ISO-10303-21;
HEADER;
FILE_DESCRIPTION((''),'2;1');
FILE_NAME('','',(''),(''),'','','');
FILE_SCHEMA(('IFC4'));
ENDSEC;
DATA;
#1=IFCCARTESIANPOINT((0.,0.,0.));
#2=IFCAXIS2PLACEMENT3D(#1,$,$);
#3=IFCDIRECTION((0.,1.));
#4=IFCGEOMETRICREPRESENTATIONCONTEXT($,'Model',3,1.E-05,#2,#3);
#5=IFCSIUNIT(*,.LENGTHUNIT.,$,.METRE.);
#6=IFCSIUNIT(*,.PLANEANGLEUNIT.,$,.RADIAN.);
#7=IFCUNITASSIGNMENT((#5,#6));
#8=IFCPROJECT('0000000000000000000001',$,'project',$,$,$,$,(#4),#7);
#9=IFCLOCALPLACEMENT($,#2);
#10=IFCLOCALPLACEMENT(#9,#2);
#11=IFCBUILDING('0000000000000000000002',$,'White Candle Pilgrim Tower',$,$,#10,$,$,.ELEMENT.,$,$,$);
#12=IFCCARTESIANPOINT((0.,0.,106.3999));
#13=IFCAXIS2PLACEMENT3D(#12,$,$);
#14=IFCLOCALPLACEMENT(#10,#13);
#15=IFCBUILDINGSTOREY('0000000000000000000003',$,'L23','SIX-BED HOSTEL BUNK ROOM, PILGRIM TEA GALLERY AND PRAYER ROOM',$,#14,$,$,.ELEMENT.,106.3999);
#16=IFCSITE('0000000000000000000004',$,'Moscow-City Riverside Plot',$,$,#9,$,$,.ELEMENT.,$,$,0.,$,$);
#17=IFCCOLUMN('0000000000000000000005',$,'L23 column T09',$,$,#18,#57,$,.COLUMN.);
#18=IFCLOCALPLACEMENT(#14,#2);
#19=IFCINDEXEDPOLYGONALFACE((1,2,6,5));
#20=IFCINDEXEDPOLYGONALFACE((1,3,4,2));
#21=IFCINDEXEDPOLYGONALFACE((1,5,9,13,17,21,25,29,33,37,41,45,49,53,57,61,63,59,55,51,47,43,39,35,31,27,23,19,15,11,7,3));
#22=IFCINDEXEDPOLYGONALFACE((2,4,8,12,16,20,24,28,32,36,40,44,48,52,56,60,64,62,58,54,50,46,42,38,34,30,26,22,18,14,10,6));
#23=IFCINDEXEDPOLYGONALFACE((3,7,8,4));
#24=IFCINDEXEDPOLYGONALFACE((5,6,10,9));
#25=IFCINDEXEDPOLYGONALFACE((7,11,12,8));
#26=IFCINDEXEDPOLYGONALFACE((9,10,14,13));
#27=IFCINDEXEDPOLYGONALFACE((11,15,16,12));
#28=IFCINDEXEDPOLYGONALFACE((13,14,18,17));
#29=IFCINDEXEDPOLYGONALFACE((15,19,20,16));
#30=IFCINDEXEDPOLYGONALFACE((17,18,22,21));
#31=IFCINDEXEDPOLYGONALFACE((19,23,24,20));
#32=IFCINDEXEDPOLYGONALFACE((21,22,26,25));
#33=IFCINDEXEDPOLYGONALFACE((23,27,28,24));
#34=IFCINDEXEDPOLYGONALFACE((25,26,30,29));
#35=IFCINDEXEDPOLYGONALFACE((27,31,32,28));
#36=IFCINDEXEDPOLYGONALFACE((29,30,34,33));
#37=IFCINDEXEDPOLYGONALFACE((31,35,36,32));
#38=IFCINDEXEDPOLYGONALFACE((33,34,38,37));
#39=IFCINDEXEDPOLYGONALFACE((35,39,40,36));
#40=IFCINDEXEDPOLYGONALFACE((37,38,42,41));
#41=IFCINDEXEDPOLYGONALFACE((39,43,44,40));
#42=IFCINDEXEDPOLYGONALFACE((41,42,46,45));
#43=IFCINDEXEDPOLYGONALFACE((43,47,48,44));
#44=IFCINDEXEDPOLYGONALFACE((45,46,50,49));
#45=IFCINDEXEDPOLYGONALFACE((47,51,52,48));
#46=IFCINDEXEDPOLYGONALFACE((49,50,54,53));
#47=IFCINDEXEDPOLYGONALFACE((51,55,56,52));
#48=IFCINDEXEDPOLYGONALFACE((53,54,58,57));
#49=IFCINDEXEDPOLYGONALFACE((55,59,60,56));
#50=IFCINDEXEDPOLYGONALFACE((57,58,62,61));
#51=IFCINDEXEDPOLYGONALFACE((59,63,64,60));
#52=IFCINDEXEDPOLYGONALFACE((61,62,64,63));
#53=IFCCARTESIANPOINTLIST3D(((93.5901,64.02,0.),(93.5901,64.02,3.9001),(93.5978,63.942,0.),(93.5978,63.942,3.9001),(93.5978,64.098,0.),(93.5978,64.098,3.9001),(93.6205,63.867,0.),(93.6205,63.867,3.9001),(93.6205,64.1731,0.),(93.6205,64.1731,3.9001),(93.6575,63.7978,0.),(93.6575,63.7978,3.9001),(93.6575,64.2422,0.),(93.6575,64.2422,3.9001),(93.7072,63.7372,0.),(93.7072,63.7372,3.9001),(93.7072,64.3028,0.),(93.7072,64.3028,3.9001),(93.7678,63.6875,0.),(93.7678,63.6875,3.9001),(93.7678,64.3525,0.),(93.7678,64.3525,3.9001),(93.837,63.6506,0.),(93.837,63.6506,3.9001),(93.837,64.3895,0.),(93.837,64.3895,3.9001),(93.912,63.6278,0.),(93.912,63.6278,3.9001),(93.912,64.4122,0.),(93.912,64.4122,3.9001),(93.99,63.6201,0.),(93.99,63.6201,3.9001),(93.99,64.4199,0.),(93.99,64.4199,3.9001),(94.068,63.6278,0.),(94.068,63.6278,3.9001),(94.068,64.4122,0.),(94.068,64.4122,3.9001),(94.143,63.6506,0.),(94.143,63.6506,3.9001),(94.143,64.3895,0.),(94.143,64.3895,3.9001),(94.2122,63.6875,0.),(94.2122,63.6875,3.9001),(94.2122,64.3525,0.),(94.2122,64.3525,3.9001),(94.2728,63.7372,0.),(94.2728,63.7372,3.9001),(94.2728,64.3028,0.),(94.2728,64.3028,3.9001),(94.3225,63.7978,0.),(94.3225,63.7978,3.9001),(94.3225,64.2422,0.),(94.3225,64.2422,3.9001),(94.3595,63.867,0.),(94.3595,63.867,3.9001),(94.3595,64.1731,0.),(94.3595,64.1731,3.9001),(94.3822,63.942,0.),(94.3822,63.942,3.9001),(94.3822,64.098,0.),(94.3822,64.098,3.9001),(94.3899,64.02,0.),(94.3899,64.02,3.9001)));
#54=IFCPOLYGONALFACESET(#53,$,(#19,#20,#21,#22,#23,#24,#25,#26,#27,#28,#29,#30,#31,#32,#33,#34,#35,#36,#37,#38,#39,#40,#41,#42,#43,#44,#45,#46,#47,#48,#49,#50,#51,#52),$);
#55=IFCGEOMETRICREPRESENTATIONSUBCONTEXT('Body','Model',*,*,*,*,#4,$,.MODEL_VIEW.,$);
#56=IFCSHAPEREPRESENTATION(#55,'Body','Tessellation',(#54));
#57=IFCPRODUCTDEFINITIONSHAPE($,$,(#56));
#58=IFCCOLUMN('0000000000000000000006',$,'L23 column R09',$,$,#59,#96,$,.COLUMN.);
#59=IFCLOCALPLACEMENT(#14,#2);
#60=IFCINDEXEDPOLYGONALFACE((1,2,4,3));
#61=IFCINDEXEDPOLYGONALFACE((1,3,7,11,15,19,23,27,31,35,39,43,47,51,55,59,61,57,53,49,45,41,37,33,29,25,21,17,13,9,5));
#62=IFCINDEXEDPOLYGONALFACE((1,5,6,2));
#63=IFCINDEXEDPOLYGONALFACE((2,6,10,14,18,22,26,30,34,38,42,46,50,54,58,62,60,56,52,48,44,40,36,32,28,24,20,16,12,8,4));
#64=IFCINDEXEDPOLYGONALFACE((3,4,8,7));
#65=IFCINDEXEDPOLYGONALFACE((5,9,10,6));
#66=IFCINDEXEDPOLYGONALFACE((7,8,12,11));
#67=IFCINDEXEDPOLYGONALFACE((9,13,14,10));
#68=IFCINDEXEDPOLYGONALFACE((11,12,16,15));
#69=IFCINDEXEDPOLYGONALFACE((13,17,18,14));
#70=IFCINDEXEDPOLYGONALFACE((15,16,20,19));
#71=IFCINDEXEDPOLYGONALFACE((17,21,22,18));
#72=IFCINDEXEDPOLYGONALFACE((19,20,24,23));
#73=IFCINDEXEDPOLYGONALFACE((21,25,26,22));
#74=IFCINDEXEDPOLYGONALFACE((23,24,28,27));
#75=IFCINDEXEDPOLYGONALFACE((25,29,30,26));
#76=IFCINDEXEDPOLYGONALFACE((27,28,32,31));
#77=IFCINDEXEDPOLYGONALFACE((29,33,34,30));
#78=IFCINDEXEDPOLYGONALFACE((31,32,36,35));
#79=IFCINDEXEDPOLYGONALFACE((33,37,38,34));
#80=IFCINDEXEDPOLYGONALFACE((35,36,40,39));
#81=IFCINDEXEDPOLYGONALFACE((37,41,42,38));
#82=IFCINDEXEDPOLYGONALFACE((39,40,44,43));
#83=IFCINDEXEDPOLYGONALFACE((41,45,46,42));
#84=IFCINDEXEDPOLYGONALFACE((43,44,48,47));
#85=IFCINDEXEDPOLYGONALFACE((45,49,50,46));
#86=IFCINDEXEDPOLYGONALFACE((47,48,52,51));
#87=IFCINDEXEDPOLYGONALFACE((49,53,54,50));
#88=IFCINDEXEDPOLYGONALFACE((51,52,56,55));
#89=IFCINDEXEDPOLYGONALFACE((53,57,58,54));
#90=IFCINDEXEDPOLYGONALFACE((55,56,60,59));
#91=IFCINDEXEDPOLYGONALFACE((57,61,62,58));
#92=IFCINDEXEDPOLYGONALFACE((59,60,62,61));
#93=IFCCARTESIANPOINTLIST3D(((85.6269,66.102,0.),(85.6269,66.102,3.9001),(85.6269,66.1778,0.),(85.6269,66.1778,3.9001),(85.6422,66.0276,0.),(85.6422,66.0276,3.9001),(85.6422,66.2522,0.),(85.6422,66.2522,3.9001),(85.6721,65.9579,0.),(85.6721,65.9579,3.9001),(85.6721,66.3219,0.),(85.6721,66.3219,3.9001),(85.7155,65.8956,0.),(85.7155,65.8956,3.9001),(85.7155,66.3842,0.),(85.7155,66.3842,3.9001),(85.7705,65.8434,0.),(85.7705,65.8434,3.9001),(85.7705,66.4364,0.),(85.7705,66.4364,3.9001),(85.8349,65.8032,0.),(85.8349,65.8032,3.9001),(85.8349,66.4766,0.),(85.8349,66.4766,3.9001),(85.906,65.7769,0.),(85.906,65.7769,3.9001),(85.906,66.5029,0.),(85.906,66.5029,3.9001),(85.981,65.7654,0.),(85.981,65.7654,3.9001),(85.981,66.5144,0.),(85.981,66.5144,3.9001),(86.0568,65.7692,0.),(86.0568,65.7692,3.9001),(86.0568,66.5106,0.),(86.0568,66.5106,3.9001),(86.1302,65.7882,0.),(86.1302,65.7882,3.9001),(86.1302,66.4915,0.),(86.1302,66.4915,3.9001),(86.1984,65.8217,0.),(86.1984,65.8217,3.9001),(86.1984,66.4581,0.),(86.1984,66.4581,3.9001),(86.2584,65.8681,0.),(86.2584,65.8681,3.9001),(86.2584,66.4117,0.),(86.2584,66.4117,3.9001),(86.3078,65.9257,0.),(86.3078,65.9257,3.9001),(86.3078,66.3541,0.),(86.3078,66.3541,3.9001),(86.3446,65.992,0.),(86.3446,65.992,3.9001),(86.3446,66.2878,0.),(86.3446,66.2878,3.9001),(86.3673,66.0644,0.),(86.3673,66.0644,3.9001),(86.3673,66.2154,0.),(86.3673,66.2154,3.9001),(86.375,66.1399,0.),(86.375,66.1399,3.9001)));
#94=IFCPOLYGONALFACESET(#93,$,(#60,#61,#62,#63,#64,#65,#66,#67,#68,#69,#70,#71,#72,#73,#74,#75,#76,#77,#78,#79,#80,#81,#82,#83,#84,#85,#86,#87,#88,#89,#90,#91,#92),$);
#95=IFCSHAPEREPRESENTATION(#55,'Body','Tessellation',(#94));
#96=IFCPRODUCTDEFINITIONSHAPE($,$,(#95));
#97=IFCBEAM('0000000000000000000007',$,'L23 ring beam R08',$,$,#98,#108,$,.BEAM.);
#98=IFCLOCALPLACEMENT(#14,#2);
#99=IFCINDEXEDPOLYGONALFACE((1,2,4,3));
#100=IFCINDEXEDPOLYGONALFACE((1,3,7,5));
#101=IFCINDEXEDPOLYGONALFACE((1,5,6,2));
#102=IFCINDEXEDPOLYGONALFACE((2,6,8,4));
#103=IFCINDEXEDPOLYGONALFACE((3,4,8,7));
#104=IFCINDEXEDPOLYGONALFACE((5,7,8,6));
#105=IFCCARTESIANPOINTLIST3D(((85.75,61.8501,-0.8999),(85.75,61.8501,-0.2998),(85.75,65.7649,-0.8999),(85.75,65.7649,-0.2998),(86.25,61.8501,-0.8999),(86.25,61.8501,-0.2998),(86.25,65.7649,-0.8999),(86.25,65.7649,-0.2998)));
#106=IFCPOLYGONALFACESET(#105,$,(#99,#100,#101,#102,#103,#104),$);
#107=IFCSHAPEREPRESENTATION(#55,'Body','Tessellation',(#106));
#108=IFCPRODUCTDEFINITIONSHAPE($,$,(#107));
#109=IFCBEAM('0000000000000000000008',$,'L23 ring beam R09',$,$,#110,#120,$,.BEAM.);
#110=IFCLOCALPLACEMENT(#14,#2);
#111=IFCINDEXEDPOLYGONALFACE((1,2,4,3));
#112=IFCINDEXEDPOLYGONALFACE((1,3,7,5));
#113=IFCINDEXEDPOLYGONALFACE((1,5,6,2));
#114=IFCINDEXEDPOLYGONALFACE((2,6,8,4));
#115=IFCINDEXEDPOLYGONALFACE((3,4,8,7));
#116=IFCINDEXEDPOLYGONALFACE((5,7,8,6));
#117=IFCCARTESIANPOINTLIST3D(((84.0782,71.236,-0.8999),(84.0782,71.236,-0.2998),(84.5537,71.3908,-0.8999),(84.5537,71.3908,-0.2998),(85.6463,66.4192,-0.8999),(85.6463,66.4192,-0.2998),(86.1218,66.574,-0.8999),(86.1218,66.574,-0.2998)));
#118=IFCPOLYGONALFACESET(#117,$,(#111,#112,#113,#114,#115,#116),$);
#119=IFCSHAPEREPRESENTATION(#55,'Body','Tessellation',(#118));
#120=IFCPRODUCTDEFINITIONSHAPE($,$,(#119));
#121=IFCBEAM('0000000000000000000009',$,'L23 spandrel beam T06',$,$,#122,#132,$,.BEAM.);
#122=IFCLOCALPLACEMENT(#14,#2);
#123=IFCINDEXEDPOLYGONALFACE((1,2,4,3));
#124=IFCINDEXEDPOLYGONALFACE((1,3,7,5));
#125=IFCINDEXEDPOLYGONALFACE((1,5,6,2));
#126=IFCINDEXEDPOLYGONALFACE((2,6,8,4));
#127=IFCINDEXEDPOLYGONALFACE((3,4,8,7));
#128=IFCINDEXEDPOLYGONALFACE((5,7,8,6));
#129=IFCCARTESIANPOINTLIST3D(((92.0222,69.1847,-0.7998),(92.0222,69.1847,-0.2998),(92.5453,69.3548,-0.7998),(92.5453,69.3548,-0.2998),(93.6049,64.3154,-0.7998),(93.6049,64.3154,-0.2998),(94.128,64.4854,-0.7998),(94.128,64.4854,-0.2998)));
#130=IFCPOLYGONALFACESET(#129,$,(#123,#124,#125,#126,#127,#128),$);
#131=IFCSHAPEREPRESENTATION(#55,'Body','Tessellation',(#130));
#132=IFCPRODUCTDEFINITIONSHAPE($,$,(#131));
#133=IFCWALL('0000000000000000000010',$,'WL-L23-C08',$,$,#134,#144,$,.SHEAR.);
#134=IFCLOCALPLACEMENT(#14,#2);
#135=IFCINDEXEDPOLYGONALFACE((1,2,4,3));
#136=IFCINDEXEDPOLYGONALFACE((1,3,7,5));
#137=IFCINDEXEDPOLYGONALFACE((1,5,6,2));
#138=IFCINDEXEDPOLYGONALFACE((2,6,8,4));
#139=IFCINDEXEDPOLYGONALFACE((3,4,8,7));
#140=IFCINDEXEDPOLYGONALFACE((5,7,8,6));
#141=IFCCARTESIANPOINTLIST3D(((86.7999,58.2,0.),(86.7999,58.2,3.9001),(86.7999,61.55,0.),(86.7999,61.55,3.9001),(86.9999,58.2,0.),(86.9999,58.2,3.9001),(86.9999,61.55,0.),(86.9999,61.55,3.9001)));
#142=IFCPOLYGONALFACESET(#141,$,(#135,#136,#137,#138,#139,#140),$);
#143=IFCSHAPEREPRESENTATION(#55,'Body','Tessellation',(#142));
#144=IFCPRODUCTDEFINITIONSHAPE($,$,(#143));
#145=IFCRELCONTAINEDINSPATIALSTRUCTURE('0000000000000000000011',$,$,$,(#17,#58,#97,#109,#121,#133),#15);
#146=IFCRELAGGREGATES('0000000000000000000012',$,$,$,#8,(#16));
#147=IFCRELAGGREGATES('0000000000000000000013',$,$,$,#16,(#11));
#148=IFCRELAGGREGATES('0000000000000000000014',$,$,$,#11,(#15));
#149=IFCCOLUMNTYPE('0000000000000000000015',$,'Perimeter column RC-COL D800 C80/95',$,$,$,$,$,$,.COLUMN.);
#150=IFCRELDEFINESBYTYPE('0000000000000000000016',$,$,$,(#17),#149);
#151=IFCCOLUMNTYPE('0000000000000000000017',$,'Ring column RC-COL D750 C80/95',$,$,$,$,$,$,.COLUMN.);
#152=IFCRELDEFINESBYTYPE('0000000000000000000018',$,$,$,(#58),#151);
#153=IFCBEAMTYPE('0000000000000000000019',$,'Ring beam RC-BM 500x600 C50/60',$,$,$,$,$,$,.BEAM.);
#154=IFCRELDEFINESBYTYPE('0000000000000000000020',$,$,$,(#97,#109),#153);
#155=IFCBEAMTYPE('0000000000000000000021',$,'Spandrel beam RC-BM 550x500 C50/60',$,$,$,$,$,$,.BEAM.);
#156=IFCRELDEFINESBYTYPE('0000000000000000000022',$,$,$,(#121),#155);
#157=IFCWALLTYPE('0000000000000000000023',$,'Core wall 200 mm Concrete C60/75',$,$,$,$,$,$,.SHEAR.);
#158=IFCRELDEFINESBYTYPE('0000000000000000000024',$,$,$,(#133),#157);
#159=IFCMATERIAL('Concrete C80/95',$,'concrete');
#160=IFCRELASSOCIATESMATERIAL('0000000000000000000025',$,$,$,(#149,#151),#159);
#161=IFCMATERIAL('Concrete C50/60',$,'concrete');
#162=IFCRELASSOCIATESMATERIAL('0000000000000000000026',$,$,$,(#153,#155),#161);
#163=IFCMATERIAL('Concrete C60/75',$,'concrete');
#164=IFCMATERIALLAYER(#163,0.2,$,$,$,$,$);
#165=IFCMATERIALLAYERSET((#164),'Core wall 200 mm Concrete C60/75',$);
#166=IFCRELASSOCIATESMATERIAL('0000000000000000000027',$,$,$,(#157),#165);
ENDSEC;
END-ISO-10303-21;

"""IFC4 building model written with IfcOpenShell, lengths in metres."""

from ifc_helpers import new_model, si_unit, direction, frame, frame_2d, origin, origin_2d, place, context, subcontext, project, spatial, rectangle, circle, extrude, material, layer, layer_set, material_profile, profile_set, type_object, element, save


model = new_model("IFC4")

# Units and contexts
model_context = context("Model", 3, precision=1e-05, world=origin(), true_north=direction((0.0, 1.0)))
body_context = subcontext(model_context, "Body", "Model", "MODEL_VIEW")
ifc_project = project(units=[si_unit("LENGTHUNIT", "METRE"), si_unit("PLANEANGLEUNIT", "RADIAN")], contexts=[model_context])

# Site, building, storey
site_placement = place(None, origin())
site = spatial("IfcSite", under=ifc_project, at=site_placement, Name="Moscow-City Riverside Plot", CompositionType="ELEMENT", RefElevation=0.0)
building_placement = place(site_placement, origin())
building = spatial("IfcBuilding", under=site, at=building_placement, Name="White Candle Pilgrim Tower", CompositionType="ELEMENT")
storey_placement = place(building_placement, frame((0.0, 0.0, 106.3999)))
storey = spatial("IfcBuildingStorey", under=building, at=storey_placement, Name="L23", Description="SIX-BED HOSTEL BUNK ROOM, PILGRIM TEA GALLERY AND PRAYER ROOM", CompositionType="ELEMENT", Elevation=106.3999)

# Columns
ifc_material_1 = material(Name="Concrete C80/95", Category="concrete")
ifc_material_profile_1 = material_profile(ifc_material_1, circle(Radius=0.3999, at=origin_2d()), Name="RC-COL D800")
ifc_profile_set_1 = profile_set([ifc_material_profile_1], Name="Concrete C80/95")
column_type_1 = type_object("IfcColumnType", Name="Perimeter column RC-COL D800 C80/95", PredefinedType="COLUMN", material=ifc_profile_set_1)
column_1_placement = place(storey_placement, frame((93.99, 64.02, 0.0), z_axis=(0.0, 0.0, 1.0), x_axis=(1.0, 0.0, 0.0)))
element("IfcColumn", 1, at=column_1_placement, inside=storey, type_object=column_type_1, Name="L23 column T09", PredefinedType="COLUMN", context=body_context, shape_type="SweptSolid", body=[
    extrude(circle(Radius=0.3999, at=origin_2d()), origin(), (0.0, 0.0, 1.0), 3.9001),
])
ifc_material_profile_2 = material_profile(ifc_material_1, circle(Radius=0.375, at=origin_2d()), Name="RC-COL D750")
ifc_profile_set_2 = profile_set([ifc_material_profile_2], Name="Concrete C80/95")
column_type_2 = type_object("IfcColumnType", Name="Ring column RC-COL D750 C80/95", PredefinedType="COLUMN", material=ifc_profile_set_2)
column_2_placement = place(storey_placement, frame((86.0, 66.1399, 0.0), z_axis=(0.0, 0.0, 1.0), x_axis=(1.0, 0.0, 0.0)))
element("IfcColumn", 2, at=column_2_placement, inside=storey, type_object=column_type_2, Name="L23 column R09", PredefinedType="COLUMN", context=body_context, shape_type="SweptSolid", body=[
    extrude(circle(Radius=0.375, at=origin_2d()), origin(), (0.0, 0.0, 1.0), 3.9001),
])

# Beams
ifc_material_2 = material(Name="Concrete C50/60", Category="concrete")
ifc_material_profile_3 = material_profile(ifc_material_2, rectangle(XDim=0.5, YDim=0.6001, at=origin_2d()), Name="RC-BM 500x600")
ifc_profile_set_3 = profile_set([ifc_material_profile_3], Name="Concrete C50/60")
beam_type_1 = type_object("IfcBeamType", Name="Ring beam RC-BM 500x600 C50/60", PredefinedType="BEAM", material=ifc_profile_set_3)
beam_1_placement = place(storey_placement, frame((86.0, 65.7649, -0.5999), z_axis=(0.0, -1.0, 0.0), x_axis=(1.0, 0.0, 0.0)))
element("IfcBeam", 3, at=beam_1_placement, inside=storey, type_object=beam_type_1, Name="L23 ring beam R08", PredefinedType="BEAM", context=body_context, shape_type="SweptSolid", body=[
    extrude(rectangle(XDim=0.5, YDim=0.6001, at=origin_2d()), origin(), (0.0, 0.0, 1.0), 3.9148),
])
beam_2_placement = place(storey_placement, frame((85.884, 66.4966, -0.5999), z_axis=(-0.309555, 0.950882, 0.0), x_axis=(-0.950882, -0.309555, 0.0)))
element("IfcBeam", 4, at=beam_2_placement, inside=storey, type_object=beam_type_1, Name="L23 ring beam R09", PredefinedType="BEAM", context=body_context, shape_type="SweptSolid", body=[
    extrude(rectangle(XDim=0.5, YDim=0.6001, at=origin_2d()), origin(), (0.0, 0.0, 1.0), 5.0657),
])
ifc_material_profile_4 = material_profile(ifc_material_2, rectangle(XDim=0.55, YDim=0.5, at=origin_2d()), Name="RC-BM 550x500")
ifc_profile_set_4 = profile_set([ifc_material_profile_4], Name="Concrete C50/60")
beam_type_2 = type_object("IfcBeamType", Name="Spandrel beam RC-BM 550x500 C50/60", PredefinedType="BEAM", material=ifc_profile_set_4)
beam_3_placement = place(storey_placement, frame((93.8665, 64.4004, -0.5498), z_axis=(-0.309124, 0.951022, 0.0), x_axis=(-0.951022, -0.309124, 0.0)))
element("IfcBeam", 5, at=beam_3_placement, inside=storey, type_object=beam_type_2, Name="L23 spandrel beam T06", PredefinedType="BEAM", context=body_context, shape_type="SweptSolid", body=[
    extrude(rectangle(XDim=0.55, YDim=0.5, at=origin_2d()), origin(), (0.0, 0.0, 1.0), 5.1201),
])

# Wall
ifc_material_3 = material(Name="Concrete C60/75", Category="concrete")
ifc_layer_1 = layer(ifc_material_3, 0.2)
ifc_layer_set_1 = layer_set([ifc_layer_1], Name="Core wall 200 mm Concrete C60/75")
wall_type_1 = type_object("IfcWallType", Name="Core wall 200 mm Concrete C60/75", PredefinedType="SHEAR", material=ifc_layer_set_1)
wall_1_placement = place(storey_placement, frame((86.8999, 58.2, 0.0), z_axis=(0.0, 0.0, 1.0), x_axis=(0.0, 1.0, 0.0)))
element("IfcWall", 6, at=wall_1_placement, inside=storey, type_object=wall_type_1, Name="WL-L23-C08", PredefinedType="SHEAR", context=body_context, shape_type="SweptSolid", body=[
    extrude(rectangle(XDim=3.3501, YDim=0.2, at=frame_2d((1.675, 0.0))), origin(), (0.0, 0.0, 1.0), 3.9001),
])

save(model, "model.ifc")
